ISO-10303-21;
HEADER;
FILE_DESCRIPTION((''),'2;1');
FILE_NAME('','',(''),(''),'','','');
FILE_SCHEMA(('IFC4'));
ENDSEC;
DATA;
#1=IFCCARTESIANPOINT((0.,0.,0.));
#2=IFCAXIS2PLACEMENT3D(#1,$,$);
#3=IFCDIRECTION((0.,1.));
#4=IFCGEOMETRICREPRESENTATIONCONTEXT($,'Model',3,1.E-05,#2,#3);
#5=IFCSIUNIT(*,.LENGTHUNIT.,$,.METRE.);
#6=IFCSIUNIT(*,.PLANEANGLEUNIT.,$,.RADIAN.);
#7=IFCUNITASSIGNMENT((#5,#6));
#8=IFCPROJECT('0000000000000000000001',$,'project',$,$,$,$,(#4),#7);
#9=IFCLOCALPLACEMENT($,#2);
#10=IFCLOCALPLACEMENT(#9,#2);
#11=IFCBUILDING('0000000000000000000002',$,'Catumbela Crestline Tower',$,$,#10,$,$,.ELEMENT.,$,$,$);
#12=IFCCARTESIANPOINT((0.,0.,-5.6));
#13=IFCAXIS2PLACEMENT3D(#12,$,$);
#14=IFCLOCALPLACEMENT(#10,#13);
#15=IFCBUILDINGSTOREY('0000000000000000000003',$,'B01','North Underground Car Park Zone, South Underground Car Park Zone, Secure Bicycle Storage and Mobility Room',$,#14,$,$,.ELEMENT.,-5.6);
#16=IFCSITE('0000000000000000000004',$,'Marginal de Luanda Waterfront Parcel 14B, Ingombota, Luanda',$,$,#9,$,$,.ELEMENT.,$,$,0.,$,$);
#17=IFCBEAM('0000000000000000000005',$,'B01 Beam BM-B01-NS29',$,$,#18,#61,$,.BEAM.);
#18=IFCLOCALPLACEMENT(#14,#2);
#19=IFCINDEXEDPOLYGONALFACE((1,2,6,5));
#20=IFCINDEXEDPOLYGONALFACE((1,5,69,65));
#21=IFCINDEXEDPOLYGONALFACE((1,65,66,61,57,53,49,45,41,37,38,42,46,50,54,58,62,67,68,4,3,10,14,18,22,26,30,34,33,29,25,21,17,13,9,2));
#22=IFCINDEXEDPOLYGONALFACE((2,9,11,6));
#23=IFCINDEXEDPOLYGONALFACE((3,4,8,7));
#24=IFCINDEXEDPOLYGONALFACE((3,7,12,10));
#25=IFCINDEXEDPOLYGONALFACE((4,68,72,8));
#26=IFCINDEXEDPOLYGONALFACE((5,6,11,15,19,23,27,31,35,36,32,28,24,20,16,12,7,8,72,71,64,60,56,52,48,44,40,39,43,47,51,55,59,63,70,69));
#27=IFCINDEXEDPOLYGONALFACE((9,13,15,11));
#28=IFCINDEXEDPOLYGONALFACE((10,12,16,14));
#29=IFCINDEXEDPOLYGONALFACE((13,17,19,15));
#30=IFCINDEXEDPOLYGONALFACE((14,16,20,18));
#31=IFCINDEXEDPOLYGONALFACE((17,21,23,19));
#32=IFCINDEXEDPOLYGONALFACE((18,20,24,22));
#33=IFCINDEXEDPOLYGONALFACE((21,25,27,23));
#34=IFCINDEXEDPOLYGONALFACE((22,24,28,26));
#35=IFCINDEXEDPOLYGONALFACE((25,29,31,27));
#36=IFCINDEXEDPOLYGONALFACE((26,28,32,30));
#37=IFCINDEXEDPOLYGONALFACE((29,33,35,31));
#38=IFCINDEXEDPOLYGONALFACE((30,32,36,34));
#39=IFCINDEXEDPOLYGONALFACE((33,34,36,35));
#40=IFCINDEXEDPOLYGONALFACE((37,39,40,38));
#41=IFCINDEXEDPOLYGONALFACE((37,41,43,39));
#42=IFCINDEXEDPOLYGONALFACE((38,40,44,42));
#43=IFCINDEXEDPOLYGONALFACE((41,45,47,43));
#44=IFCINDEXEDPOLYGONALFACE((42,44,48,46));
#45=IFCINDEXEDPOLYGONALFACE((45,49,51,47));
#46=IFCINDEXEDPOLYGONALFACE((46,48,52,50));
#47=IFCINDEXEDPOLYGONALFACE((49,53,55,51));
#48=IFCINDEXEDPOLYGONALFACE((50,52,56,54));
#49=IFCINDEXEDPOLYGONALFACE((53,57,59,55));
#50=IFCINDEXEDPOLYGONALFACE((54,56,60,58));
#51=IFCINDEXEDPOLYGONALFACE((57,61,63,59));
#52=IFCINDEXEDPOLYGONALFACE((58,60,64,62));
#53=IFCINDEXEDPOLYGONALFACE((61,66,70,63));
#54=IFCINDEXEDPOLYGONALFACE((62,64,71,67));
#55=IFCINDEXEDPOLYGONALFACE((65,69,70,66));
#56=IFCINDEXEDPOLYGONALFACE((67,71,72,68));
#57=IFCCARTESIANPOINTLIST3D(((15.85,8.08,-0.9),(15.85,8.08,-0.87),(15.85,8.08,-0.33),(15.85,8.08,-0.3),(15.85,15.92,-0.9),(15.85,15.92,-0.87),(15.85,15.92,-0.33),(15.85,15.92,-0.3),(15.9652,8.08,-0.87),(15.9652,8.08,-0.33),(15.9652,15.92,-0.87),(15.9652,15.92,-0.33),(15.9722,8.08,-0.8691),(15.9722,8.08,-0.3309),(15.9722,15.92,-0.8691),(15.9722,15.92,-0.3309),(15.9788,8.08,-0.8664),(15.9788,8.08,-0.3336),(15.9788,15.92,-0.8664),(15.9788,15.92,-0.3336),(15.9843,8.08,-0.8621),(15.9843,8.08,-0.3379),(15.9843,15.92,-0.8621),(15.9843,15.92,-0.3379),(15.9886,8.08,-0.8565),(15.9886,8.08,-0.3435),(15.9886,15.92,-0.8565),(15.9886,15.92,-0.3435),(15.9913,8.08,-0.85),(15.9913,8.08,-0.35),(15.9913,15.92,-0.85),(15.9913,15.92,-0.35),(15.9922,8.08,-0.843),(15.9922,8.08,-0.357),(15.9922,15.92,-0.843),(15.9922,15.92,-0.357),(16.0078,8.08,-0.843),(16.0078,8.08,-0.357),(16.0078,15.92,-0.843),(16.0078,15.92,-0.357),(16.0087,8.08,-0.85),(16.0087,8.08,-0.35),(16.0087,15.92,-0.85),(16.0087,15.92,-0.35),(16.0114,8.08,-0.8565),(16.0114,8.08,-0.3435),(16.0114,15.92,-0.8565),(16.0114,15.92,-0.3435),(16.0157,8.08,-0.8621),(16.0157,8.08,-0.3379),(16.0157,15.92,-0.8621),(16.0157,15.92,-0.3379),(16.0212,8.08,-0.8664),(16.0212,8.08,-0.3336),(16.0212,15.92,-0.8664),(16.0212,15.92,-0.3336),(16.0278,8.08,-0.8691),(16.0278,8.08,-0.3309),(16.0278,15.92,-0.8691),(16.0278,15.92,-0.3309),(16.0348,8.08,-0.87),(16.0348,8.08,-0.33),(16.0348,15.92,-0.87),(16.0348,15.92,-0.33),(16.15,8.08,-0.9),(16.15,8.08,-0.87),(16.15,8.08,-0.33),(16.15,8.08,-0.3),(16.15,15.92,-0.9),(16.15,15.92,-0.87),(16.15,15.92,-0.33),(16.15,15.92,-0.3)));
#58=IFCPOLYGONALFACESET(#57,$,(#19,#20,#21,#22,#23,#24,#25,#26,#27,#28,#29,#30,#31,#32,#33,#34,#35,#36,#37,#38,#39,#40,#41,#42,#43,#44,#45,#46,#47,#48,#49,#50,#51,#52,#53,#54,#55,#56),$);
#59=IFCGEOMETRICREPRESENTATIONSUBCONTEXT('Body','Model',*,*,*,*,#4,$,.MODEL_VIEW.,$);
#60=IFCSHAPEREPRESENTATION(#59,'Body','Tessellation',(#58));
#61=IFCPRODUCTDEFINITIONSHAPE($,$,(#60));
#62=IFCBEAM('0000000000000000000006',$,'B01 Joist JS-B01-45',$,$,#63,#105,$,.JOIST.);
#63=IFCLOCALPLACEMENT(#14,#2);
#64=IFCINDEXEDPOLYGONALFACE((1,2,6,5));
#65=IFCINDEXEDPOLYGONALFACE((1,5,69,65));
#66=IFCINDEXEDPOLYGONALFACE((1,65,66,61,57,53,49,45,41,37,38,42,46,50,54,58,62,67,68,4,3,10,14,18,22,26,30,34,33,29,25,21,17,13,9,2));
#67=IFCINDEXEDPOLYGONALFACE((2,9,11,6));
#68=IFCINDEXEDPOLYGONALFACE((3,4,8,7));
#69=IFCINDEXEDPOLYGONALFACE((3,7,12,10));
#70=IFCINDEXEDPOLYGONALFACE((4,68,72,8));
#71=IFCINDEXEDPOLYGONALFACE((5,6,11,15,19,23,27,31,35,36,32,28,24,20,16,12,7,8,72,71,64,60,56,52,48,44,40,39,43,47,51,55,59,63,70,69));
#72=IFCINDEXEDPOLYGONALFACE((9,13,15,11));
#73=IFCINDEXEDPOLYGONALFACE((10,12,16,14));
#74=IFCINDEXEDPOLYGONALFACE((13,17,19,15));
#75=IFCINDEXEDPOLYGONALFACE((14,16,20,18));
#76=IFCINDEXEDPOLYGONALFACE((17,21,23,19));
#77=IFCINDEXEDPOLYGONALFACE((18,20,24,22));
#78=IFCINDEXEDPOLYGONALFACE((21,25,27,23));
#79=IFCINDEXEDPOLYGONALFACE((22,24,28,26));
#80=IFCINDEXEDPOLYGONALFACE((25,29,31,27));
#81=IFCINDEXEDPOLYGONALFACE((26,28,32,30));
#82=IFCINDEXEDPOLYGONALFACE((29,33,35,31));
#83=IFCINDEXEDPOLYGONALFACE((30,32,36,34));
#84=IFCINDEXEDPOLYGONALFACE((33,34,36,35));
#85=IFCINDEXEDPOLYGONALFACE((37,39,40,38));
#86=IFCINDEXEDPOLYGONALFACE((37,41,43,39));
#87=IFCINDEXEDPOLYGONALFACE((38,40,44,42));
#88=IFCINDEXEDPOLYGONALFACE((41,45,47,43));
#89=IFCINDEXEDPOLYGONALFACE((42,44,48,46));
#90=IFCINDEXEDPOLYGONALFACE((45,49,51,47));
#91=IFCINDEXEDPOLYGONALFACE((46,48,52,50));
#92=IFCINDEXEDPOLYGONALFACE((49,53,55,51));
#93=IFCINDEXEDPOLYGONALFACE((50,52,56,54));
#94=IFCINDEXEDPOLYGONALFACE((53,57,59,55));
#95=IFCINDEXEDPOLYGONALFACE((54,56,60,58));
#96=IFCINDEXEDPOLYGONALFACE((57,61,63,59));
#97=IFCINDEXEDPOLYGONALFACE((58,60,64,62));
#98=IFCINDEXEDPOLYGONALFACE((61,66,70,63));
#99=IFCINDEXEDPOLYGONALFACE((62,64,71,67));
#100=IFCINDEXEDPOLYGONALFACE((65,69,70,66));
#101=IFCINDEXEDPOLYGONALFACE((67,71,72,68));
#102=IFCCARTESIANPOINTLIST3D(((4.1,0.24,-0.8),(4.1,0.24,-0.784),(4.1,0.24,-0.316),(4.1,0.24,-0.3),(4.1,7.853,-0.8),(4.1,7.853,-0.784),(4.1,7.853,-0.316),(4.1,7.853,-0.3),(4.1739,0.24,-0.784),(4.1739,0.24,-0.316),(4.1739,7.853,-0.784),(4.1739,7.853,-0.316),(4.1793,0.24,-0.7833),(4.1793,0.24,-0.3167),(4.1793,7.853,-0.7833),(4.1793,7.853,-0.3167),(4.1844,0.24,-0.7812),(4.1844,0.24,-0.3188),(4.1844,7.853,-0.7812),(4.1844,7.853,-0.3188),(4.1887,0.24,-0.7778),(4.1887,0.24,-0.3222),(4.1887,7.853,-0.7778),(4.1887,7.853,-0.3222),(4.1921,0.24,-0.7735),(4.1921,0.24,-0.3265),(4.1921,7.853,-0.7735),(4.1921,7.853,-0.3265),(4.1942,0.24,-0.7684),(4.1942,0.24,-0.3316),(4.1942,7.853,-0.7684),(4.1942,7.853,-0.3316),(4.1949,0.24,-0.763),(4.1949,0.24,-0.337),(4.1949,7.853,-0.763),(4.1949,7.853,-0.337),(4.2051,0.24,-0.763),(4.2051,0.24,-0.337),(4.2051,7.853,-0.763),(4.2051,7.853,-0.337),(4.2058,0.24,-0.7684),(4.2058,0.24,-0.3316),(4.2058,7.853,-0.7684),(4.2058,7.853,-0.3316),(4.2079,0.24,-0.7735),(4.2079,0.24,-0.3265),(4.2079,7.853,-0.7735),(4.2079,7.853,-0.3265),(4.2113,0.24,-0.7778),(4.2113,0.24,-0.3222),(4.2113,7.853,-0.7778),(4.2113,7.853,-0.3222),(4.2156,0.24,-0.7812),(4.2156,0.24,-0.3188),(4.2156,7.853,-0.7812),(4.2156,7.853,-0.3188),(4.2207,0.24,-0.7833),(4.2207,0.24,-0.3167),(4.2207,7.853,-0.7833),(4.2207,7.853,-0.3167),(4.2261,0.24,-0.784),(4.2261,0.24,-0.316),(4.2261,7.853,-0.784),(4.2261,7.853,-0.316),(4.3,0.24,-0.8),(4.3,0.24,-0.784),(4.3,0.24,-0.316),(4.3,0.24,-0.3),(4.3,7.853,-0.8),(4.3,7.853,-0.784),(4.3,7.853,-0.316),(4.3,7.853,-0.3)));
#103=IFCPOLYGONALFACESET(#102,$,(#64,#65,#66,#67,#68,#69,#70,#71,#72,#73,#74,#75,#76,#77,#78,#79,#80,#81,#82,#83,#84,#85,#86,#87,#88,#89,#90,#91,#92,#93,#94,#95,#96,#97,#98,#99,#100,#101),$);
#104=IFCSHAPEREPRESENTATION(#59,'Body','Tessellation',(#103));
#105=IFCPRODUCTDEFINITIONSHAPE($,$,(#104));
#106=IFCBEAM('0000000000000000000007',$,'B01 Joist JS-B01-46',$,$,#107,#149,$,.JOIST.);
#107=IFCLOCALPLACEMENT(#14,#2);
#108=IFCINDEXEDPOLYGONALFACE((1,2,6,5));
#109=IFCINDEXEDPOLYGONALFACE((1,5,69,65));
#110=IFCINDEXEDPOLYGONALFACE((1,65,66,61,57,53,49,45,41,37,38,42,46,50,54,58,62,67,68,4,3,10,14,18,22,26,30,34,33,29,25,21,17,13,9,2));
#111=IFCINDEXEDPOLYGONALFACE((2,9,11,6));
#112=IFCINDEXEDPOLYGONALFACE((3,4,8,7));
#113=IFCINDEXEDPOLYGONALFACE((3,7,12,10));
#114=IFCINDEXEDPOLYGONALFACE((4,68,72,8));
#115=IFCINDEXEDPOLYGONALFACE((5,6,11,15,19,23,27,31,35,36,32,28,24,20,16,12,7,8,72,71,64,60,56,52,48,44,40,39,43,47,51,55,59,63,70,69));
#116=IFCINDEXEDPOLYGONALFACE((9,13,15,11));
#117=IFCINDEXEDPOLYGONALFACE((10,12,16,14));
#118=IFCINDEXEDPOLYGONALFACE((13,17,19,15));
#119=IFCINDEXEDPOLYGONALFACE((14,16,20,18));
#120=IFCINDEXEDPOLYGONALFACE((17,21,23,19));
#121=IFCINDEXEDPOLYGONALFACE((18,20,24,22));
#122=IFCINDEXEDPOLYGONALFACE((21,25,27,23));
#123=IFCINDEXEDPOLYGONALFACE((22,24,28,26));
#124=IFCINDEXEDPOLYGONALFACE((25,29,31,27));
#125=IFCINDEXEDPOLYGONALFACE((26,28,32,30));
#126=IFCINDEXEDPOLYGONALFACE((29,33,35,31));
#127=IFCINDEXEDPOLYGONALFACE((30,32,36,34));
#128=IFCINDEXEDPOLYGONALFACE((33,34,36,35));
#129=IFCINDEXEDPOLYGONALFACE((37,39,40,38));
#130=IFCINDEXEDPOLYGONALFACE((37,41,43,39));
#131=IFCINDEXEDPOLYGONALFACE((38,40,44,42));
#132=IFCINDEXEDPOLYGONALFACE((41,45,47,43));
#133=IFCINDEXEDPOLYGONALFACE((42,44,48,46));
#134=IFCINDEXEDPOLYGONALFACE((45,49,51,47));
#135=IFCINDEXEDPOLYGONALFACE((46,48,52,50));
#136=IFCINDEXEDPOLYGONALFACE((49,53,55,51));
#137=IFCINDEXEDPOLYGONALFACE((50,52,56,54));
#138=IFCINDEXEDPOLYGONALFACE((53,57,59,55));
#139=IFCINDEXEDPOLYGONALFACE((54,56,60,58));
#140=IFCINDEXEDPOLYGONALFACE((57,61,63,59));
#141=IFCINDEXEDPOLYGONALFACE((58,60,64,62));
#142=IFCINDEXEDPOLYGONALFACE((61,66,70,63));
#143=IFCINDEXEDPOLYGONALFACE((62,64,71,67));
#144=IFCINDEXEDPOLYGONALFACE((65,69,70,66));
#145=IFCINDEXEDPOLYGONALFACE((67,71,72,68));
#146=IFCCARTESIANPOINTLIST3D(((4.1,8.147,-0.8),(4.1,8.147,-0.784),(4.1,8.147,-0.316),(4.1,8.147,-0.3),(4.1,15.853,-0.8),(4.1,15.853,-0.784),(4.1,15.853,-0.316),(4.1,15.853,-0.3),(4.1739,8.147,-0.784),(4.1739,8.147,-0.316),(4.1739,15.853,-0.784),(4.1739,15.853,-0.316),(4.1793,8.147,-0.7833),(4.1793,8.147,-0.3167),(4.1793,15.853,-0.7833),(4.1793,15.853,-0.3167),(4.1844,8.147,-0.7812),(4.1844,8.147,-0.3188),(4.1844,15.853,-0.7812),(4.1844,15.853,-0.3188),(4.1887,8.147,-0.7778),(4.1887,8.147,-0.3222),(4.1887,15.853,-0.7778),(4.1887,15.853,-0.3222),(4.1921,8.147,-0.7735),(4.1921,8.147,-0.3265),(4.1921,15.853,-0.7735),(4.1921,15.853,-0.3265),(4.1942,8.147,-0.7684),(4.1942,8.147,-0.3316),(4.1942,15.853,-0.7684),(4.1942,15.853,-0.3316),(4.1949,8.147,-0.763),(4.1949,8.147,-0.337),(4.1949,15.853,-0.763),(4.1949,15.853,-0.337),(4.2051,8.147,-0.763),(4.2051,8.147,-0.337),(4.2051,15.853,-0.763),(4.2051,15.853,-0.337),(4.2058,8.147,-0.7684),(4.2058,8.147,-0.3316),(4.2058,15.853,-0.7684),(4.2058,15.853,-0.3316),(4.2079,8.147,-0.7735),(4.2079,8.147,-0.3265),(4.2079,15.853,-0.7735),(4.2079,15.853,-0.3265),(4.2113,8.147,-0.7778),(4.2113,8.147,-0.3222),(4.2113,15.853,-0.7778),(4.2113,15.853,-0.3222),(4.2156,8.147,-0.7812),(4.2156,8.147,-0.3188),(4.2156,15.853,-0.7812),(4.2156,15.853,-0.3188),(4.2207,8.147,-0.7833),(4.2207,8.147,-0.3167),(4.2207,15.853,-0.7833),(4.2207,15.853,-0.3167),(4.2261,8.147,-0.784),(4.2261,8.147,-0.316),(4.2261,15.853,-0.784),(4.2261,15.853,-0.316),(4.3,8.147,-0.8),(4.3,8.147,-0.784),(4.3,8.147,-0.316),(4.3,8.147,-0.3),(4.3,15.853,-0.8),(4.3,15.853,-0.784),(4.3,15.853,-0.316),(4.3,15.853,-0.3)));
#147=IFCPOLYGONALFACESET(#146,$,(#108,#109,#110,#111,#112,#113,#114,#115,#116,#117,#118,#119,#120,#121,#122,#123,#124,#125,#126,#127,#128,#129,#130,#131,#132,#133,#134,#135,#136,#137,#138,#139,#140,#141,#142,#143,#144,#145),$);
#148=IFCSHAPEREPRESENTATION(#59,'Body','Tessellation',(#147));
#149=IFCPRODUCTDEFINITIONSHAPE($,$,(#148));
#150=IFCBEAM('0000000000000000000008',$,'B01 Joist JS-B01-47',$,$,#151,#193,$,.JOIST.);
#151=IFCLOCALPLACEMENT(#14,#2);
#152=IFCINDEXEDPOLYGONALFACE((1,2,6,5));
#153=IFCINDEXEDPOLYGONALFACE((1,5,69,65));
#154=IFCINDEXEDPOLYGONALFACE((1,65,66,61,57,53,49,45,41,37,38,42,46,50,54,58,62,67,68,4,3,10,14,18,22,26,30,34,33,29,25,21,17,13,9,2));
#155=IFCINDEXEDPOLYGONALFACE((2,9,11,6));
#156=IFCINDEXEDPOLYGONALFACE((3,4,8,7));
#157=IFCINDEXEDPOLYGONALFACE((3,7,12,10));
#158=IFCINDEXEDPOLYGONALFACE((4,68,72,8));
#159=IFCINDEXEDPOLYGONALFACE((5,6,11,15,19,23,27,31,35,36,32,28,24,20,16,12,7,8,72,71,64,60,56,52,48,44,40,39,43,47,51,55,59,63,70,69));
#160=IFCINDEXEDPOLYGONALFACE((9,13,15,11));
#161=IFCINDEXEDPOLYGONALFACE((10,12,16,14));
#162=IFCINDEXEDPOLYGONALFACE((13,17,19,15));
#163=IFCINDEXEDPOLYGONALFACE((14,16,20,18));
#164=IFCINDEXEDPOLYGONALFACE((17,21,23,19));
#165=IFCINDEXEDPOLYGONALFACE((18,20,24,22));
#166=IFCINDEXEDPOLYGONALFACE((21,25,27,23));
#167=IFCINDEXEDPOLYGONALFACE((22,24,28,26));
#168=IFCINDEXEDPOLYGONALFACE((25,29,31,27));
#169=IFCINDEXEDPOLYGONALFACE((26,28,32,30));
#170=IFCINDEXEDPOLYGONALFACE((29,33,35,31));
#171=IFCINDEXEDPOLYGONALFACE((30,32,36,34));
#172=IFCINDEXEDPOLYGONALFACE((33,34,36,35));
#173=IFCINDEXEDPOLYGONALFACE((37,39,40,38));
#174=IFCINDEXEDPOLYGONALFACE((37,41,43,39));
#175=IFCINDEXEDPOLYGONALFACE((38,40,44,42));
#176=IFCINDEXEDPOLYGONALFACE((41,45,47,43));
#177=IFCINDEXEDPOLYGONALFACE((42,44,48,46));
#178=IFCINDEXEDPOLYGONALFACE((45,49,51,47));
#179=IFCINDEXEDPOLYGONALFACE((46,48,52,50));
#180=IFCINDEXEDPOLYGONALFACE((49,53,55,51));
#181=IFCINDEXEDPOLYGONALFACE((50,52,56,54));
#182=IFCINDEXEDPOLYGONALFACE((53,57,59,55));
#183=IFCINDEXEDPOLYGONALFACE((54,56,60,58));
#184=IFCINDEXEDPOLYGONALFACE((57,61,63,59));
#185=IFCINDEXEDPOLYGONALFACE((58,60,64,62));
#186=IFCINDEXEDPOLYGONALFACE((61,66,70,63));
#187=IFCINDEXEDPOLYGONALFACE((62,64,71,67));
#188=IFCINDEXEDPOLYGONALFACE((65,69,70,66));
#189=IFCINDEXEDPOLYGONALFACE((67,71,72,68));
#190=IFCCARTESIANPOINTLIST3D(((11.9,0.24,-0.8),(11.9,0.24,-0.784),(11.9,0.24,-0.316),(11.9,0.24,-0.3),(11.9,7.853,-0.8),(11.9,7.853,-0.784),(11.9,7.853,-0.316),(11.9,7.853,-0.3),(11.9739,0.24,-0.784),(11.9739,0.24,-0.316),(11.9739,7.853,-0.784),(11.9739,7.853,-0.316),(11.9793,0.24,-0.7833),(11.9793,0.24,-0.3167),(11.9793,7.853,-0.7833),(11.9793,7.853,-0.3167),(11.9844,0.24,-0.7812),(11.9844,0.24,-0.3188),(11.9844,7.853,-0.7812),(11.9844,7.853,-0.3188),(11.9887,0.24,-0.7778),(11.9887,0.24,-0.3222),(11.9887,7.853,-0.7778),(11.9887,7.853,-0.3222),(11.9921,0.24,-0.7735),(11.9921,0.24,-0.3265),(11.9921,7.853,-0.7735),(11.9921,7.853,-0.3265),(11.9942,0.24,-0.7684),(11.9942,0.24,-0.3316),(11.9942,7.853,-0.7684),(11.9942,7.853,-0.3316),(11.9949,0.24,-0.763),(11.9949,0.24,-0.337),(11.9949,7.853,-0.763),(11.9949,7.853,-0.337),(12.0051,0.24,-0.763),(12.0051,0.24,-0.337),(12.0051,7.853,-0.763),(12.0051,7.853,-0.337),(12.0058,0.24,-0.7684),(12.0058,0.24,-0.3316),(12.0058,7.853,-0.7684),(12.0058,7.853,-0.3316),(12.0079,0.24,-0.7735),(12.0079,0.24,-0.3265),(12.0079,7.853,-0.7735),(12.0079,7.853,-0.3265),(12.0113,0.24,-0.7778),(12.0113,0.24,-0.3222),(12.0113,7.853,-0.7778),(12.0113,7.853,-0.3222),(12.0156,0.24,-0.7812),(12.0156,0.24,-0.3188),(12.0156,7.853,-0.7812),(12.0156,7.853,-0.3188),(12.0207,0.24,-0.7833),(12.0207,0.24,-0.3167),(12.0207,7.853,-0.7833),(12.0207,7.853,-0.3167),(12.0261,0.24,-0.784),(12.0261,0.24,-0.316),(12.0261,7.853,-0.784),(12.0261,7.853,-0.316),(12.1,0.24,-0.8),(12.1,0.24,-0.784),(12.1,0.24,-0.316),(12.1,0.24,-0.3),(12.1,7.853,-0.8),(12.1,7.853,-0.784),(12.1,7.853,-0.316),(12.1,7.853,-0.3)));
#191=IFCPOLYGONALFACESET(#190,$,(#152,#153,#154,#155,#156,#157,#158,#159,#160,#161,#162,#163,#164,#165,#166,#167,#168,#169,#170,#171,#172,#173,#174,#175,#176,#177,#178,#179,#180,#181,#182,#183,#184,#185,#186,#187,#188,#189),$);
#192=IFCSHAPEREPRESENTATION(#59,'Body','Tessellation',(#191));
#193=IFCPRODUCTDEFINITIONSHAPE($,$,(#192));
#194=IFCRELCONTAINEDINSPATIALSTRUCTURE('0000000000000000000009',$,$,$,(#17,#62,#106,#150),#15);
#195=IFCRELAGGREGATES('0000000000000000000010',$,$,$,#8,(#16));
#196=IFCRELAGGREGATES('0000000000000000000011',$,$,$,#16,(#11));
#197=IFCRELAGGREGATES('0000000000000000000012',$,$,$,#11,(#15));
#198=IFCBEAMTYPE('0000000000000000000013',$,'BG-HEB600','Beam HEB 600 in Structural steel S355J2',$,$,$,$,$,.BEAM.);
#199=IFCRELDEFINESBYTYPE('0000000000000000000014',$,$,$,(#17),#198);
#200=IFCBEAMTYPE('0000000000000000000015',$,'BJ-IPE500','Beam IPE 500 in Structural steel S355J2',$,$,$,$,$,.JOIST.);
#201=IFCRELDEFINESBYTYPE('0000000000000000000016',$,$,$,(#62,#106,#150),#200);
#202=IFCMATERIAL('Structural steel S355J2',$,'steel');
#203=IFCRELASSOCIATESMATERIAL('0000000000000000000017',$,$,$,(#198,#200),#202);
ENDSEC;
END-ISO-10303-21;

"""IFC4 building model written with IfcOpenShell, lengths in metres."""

from ifc_helpers import new_model, si_unit, direction, frame, origin, origin_2d, place, context, subcontext, project, spatial, i_section, extrude, material, material_profile, profile_set, type_object, element, save


model = new_model("IFC4")

# Units and contexts
model_context = context("Model", 3, precision=1e-05, world=origin(), true_north=direction((0.0, 1.0)))
body_context = subcontext(model_context, "Body", "Model", "MODEL_VIEW")
ifc_project = project(units=[si_unit("LENGTHUNIT", "METRE"), si_unit("PLANEANGLEUNIT", "RADIAN")], contexts=[model_context])

# Site, building, storey
site_placement = place(None, origin())
site = spatial("IfcSite", under=ifc_project, at=site_placement, Name="Marginal de Luanda Waterfront Parcel 14B, Ingombota, Luanda", CompositionType="ELEMENT", RefElevation=0.0)
building_placement = place(site_placement, origin())
building = spatial("IfcBuilding", under=site, at=building_placement, Name="Catumbela Crestline Tower", CompositionType="ELEMENT")
storey_placement = place(building_placement, frame((0.0, 0.0, -5.6)))
storey = spatial("IfcBuildingStorey", under=building, at=storey_placement, Name="B01", Description="North Underground Car Park Zone, South Underground Car Park Zone, Secure Bicycle Storage and Mobility Room", CompositionType="ELEMENT", Elevation=-5.6)

# Beams
ifc_material_1 = material(Name="Structural steel S355J2", Category="steel")
ifc_material_profile_1 = material_profile(ifc_material_1, i_section(OverallWidth=0.3, OverallDepth=0.6, WebThickness=0.0155, FlangeThickness=0.03, FilletRadius=0.027, at=origin_2d()), Name="HEB 600")
ifc_profile_set_1 = profile_set([ifc_material_profile_1], Name="Structural steel S355J2")
beam_type_1 = type_object("IfcBeamType", Name="BG-HEB600", Description="Beam HEB 600 in Structural steel S355J2", PredefinedType="BEAM", material=ifc_profile_set_1)
beam_1_placement = place(storey_placement, frame((16.0, 8.08, -0.6), z_axis=(0.0, 1.0, 0.0), x_axis=(-1.0, 0.0, 0.0)))
element("IfcBeam", 1, at=beam_1_placement, inside=storey, type_object=beam_type_1, Name="B01 Beam BM-B01-NS29", PredefinedType="BEAM", context=body_context, shape_type="SweptSolid", body=[
    extrude(i_section(OverallWidth=0.3, OverallDepth=0.6, WebThickness=0.0155, FlangeThickness=0.03, FilletRadius=0.027, at=origin_2d()), origin(), (0.0, 0.0, 1.0), 7.84),
])
ifc_material_profile_2 = material_profile(ifc_material_1, i_section(OverallWidth=0.2, OverallDepth=0.5, WebThickness=0.0102, FlangeThickness=0.016, FilletRadius=0.021, at=origin_2d()), Name="IPE 500")
ifc_profile_set_2 = profile_set([ifc_material_profile_2], Name="Structural steel S355J2")
beam_type_2 = type_object("IfcBeamType", Name="BJ-IPE500", Description="Beam IPE 500 in Structural steel S355J2", PredefinedType="JOIST", material=ifc_profile_set_2)
beam_2_placement = place(storey_placement, frame((4.2, 0.24, -0.55), z_axis=(0.0, 1.0, 0.0), x_axis=(-1.0, 0.0, 0.0)))
element("IfcBeam", 2, at=beam_2_placement, inside=storey, type_object=beam_type_2, Name="B01 Joist JS-B01-45", PredefinedType="JOIST", context=body_context, shape_type="SweptSolid", body=[
    extrude(i_section(OverallWidth=0.2, OverallDepth=0.5, WebThickness=0.0102, FlangeThickness=0.016, FilletRadius=0.021, at=origin_2d()), origin(), (0.0, 0.0, 1.0), 7.613),
])
beam_3_placement = place(storey_placement, frame((4.2, 8.147, -0.55), z_axis=(0.0, 1.0, 0.0), x_axis=(-1.0, 0.0, 0.0)))
element("IfcBeam", 3, at=beam_3_placement, inside=storey, type_object=beam_type_2, Name="B01 Joist JS-B01-46", PredefinedType="JOIST", context=body_context, shape_type="SweptSolid", body=[
    extrude(i_section(OverallWidth=0.2, OverallDepth=0.5, WebThickness=0.0102, FlangeThickness=0.016, FilletRadius=0.021, at=origin_2d()), origin(), (0.0, 0.0, 1.0), 7.706),
])
beam_4_placement = place(storey_placement, frame((12.0, 0.24, -0.55), z_axis=(0.0, 1.0, 0.0), x_axis=(-1.0, 0.0, 0.0)))
element("IfcBeam", 4, at=beam_4_placement, inside=storey, type_object=beam_type_2, Name="B01 Joist JS-B01-47", PredefinedType="JOIST", context=body_context, shape_type="SweptSolid", body=[
    extrude(i_section(OverallWidth=0.2, OverallDepth=0.5, WebThickness=0.0102, FlangeThickness=0.016, FilletRadius=0.021, at=origin_2d()), origin(), (0.0, 0.0, 1.0), 7.613),
])

save(model, "model.ifc")
